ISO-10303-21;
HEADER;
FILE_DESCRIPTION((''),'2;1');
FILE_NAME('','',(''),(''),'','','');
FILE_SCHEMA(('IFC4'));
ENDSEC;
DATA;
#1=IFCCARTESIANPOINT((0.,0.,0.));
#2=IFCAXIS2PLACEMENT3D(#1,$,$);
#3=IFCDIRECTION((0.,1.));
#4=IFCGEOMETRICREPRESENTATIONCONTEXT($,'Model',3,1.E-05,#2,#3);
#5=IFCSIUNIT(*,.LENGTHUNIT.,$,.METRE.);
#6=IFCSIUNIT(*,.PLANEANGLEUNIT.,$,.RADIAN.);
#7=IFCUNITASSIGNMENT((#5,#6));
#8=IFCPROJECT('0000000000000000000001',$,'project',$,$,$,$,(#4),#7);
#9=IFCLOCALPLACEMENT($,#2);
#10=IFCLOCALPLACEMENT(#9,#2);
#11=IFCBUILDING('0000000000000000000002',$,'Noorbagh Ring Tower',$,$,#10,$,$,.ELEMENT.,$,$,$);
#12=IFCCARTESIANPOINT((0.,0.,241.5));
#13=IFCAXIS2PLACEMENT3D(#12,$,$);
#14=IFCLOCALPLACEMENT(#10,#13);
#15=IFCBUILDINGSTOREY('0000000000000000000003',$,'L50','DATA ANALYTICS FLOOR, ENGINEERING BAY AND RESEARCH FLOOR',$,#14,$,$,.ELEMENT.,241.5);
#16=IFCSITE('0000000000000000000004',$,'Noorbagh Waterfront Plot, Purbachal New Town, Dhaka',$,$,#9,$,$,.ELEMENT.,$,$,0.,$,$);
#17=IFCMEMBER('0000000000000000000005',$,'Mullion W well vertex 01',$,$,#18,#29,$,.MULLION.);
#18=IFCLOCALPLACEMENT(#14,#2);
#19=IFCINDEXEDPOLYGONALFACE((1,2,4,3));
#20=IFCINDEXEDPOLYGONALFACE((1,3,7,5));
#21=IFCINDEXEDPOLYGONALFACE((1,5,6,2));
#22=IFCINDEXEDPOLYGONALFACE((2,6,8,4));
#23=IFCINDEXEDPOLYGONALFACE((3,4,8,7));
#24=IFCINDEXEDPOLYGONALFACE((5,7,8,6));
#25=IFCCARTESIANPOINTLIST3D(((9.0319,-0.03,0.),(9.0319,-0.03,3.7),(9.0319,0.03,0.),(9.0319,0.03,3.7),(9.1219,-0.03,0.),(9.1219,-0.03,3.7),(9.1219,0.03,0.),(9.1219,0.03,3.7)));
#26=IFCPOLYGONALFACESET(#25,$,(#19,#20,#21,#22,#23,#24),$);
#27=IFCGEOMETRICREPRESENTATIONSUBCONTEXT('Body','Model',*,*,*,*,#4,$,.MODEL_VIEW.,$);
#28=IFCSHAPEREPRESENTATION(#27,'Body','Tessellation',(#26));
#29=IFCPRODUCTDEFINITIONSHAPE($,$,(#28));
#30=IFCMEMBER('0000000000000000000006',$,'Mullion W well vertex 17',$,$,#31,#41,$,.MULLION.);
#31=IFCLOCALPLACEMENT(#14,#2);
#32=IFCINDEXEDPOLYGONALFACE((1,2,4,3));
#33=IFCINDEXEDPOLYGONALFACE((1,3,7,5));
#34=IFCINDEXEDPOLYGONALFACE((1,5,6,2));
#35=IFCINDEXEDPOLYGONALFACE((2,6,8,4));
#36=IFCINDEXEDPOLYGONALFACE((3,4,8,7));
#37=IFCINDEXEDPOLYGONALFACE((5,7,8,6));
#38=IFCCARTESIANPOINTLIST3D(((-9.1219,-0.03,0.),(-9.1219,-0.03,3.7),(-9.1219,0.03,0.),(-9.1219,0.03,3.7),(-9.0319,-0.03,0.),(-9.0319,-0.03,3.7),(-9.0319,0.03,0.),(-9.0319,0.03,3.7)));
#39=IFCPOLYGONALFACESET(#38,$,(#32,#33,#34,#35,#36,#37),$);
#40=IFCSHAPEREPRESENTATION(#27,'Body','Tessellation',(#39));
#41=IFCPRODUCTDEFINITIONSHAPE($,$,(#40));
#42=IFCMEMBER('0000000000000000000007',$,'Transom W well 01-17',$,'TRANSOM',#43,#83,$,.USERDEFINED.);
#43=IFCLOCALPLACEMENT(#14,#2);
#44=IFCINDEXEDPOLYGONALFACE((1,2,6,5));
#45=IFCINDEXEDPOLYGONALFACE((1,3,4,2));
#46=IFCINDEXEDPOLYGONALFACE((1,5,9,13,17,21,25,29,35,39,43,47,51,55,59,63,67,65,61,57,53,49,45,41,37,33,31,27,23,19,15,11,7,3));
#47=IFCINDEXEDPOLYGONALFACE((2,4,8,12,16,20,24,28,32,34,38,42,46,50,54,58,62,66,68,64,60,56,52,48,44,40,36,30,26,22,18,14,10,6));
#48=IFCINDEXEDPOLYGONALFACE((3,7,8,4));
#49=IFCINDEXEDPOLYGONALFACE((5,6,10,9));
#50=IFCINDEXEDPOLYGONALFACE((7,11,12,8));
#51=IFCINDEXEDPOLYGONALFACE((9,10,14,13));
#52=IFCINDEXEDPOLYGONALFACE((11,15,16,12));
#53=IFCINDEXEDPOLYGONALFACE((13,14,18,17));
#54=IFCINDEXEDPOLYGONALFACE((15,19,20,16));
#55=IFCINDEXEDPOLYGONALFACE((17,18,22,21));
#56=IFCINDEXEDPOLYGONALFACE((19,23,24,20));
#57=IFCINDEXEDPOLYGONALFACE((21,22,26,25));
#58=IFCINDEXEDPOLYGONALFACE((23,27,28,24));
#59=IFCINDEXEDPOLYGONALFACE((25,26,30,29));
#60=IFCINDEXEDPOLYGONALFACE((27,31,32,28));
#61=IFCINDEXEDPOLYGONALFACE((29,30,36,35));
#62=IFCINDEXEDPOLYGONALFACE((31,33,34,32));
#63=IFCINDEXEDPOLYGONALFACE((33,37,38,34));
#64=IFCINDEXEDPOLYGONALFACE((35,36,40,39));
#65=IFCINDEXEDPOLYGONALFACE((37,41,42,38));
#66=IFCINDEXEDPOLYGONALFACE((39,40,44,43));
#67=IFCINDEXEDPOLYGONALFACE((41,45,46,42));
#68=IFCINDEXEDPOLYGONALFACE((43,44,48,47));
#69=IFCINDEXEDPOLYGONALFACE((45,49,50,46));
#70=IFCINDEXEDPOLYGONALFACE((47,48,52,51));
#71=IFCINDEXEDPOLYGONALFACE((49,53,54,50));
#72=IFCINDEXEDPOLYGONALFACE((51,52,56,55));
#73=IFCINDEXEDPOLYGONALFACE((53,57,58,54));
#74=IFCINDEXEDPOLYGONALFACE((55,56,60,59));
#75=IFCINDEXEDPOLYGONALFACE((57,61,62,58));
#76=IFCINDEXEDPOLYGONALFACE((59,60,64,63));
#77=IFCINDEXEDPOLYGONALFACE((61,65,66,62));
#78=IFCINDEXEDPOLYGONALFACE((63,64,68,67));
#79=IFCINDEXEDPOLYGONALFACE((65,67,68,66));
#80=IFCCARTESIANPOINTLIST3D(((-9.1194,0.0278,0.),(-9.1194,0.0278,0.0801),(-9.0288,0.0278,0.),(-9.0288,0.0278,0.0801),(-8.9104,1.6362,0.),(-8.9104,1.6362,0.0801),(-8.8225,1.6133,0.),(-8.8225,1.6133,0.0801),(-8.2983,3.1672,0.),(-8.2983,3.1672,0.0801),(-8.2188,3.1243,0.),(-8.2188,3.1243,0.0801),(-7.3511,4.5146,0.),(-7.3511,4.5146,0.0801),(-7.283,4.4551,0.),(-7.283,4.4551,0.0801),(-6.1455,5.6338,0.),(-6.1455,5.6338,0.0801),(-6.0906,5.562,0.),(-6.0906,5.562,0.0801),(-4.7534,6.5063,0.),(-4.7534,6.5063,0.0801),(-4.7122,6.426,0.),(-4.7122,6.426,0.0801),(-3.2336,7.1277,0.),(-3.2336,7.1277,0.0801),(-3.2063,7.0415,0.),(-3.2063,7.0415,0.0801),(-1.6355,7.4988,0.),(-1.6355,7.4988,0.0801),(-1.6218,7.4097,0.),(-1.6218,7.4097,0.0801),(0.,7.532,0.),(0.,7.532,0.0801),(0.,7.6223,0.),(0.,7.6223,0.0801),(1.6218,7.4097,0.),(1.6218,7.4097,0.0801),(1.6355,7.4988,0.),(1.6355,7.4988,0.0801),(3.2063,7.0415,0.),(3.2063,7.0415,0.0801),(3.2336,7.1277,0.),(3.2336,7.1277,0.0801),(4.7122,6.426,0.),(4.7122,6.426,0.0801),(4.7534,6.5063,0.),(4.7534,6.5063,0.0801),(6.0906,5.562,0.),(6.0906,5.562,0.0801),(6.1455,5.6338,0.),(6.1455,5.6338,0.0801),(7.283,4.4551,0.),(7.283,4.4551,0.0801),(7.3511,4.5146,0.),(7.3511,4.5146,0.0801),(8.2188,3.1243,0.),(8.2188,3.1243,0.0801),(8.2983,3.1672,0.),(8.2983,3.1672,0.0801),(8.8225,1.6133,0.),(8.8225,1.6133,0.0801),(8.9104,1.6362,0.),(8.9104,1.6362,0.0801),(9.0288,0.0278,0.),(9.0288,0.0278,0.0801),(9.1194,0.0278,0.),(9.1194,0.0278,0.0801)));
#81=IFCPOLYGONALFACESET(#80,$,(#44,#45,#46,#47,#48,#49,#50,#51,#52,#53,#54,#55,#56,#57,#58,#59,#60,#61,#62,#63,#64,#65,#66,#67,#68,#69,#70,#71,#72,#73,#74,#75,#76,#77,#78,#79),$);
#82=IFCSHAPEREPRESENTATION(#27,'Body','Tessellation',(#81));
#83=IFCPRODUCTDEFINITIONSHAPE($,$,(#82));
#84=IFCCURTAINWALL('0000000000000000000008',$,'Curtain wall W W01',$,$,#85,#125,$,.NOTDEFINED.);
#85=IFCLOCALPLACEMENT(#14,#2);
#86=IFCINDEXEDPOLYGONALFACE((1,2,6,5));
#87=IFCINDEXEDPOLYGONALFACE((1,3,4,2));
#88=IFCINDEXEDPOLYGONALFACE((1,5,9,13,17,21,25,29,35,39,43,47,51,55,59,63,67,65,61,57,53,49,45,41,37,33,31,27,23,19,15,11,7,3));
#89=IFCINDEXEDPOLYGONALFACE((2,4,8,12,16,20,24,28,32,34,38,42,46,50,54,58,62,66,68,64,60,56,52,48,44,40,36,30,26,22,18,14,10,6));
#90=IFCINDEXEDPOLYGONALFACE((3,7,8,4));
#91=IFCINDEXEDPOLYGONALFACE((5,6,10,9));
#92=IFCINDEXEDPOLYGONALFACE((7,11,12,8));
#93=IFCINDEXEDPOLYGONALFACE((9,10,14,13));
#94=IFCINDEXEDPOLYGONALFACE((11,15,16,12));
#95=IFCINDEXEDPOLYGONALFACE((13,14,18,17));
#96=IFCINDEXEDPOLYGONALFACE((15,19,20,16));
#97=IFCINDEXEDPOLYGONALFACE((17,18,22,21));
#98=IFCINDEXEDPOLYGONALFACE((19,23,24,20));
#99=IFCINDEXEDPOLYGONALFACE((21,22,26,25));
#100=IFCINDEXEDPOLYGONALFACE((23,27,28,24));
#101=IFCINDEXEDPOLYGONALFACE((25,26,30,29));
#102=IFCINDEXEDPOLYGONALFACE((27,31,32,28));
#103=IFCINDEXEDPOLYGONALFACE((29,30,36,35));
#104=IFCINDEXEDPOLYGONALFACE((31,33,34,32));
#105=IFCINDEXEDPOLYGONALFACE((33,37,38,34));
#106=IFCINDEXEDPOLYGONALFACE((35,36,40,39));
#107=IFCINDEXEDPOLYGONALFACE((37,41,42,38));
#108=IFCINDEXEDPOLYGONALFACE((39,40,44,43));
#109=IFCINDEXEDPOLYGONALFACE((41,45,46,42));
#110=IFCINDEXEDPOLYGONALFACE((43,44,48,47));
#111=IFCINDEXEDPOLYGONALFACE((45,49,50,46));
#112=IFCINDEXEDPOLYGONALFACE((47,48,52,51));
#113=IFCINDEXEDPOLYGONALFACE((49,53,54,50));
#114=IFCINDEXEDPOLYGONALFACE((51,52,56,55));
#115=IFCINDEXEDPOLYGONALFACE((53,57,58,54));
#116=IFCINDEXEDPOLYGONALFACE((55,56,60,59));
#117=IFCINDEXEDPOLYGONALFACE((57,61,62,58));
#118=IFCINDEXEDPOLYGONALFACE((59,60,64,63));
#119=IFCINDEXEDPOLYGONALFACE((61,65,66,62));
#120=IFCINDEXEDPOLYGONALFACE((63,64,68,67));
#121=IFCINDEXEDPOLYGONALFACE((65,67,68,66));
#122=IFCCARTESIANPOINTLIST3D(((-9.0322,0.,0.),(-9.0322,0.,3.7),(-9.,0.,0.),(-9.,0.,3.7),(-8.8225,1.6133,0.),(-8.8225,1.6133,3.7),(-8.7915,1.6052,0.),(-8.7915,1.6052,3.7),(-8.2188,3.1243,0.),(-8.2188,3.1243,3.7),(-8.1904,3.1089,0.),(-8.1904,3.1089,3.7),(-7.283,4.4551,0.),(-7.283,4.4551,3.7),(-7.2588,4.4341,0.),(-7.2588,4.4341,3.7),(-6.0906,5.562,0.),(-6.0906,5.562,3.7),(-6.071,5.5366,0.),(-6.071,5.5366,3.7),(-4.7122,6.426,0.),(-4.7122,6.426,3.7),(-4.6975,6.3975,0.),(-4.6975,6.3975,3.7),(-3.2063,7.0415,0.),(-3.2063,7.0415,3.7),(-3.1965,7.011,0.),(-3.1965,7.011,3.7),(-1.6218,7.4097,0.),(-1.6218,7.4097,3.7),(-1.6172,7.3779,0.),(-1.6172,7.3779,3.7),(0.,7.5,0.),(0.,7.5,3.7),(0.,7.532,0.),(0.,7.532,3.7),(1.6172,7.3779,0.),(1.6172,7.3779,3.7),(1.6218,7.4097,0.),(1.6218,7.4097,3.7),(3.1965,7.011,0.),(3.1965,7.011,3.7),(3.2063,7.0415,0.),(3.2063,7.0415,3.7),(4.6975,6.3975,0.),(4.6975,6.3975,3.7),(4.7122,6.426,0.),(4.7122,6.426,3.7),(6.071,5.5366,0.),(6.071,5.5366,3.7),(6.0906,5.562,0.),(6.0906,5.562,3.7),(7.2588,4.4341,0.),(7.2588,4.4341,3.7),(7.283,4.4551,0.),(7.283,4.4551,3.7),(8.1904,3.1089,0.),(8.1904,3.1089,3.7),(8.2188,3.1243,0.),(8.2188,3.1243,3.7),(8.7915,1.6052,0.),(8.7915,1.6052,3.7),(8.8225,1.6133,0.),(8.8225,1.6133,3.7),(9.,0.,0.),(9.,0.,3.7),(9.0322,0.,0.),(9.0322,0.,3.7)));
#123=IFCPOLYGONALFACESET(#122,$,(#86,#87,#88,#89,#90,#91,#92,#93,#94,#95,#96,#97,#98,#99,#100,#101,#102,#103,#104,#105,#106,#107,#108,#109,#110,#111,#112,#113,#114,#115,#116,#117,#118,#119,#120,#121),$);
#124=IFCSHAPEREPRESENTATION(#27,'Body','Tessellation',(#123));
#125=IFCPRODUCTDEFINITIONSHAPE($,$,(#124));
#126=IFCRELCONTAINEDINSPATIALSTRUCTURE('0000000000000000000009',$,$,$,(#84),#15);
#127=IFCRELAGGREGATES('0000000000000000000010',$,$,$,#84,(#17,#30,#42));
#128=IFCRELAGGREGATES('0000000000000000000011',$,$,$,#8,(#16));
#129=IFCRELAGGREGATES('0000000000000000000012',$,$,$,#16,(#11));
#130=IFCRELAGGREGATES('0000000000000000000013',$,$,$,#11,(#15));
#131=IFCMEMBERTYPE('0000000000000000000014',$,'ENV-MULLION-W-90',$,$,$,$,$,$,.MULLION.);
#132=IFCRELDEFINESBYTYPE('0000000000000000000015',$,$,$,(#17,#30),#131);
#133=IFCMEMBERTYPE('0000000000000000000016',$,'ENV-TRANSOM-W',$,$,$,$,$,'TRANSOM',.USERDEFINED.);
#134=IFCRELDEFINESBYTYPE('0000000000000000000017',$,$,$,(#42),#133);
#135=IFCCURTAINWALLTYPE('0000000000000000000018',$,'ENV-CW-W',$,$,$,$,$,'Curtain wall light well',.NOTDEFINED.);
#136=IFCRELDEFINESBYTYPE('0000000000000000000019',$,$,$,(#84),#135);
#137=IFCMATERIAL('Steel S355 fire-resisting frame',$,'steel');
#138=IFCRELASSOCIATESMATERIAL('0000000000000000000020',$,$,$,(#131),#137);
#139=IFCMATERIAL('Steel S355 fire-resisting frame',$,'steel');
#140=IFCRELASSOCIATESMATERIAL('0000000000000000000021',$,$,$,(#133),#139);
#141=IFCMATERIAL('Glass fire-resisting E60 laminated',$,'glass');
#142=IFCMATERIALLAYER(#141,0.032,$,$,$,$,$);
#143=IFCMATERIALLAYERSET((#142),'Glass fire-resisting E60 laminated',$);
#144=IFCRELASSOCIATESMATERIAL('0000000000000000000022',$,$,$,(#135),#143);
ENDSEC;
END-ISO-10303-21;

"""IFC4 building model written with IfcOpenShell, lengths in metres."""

from ifc_helpers import new_model, si_unit, direction, frame, origin, origin_2d, place, context, subcontext, project, spatial, polyline, rectangle, outline, extrude, material, layer, layer_set, material_profile, profile_set, type_object, element, aggregate, save


model = new_model("IFC4")

# Units and contexts
model_context = context("Model", 3, precision=1e-05, world=origin(), true_north=direction((0.0, 1.0)))
body_context = subcontext(model_context, "Body", "Model", "MODEL_VIEW")
ifc_project = project(units=[si_unit("LENGTHUNIT", "METRE"), si_unit("PLANEANGLEUNIT", "RADIAN")], contexts=[model_context])

# Members
site_placement = place(None, origin())
building_placement = place(site_placement, origin())
storey_placement = place(building_placement, frame((0.0, 0.0, 241.5)))
ifc_material_1 = material(Name="Steel S355 fire-resisting frame", Category="steel")
ifc_material_profile_1 = material_profile(ifc_material_1, rectangle(XDim=0.0901, YDim=0.0601, at=origin_2d()), Name="90x60")
ifc_profile_set_1 = profile_set([ifc_material_profile_1], Name="Steel S355 fire-resisting frame")
member_type_1 = type_object("IfcMemberType", Name="ENV-MULLION-W-90", PredefinedType="MULLION", material=ifc_profile_set_1)
member_1_placement = place(storey_placement, frame((9.0769, 0.0, 0.0), z_axis=(0.0, 0.0, 1.0), x_axis=(1.0, 0.0, 0.0)))
member_1 = element("IfcMember", 1, at=member_1_placement, type_object=member_type_1, Name="Mullion W well vertex 01", PredefinedType="MULLION", context=body_context, shape_type="SweptSolid", body=[
    extrude(rectangle(XDim=0.0901, YDim=0.0601, at=origin_2d()), origin(), (0.0, 0.0, 1.0), 3.7),
])
member_2_placement = place(storey_placement, frame((-9.0769, 0.0, 0.0), z_axis=(0.0, 0.0, 1.0), x_axis=(-1.0, 0.0, 0.0)))
member_2 = element("IfcMember", 2, at=member_2_placement, type_object=member_type_1, Name="Mullion W well vertex 17", PredefinedType="MULLION", context=body_context, shape_type="SweptSolid", body=[
    extrude(rectangle(XDim=0.0901, YDim=0.0601, at=origin_2d()), origin(), (0.0, 0.0, 1.0), 3.7),
])
ifc_material_2 = material(Name="Steel S355 fire-resisting frame", Category="steel")
member_type_2 = type_object("IfcMemberType", Name="ENV-TRANSOM-W", ElementType="TRANSOM", PredefinedType="USERDEFINED", material=ifc_material_2)
member_3_placement = place(storey_placement, origin())
member_3 = element("IfcMember", 3, at=member_3_placement, type_object=member_type_2, Name="Transom W well 01-17", ObjectType="TRANSOM", PredefinedType="USERDEFINED", context=body_context, shape_type="SweptSolid", body=[
    extrude(outline(polyline([(9.1194, 0.0278), (8.9104, 1.6362), (8.2983, 3.1672), (7.3511, 4.5146), (6.1455, 5.6338), (4.7534, 6.5063), (3.2336, 7.1277), (1.6355, 7.4988), (0.0, 7.6223), (-1.6355, 7.4988), (-3.2336, 7.1277), (-4.7534, 6.5063), (-6.1455, 5.6338), (-7.3511, 4.5146), (-8.2983, 3.1672), (-8.9104, 1.6362), (-9.1194, 0.0278), (-9.0288, 0.0278), (-8.8225, 1.6133), (-8.2188, 3.1243), (-7.283, 4.4551), (-6.0906, 5.562), (-4.7122, 6.426), (-3.2063, 7.0415), (-1.6218, 7.4097), (0.0, 7.532), (1.6218, 7.4097), (3.2063, 7.0415), (4.7122, 6.426), (6.0906, 5.562), (7.283, 4.4551), (8.2188, 3.1243), (8.8225, 1.6133), (9.0288, 0.0278), (9.1194, 0.0278)])), origin(), (0.0, 0.0, 1.0), 0.0801),
])

# Site, building, storey
site = spatial("IfcSite", under=ifc_project, at=site_placement, Name="Noorbagh Waterfront Plot, Purbachal New Town, Dhaka", CompositionType="ELEMENT", RefElevation=0.0)
building = spatial("IfcBuilding", under=site, at=building_placement, Name="Noorbagh Ring Tower", CompositionType="ELEMENT")
storey = spatial("IfcBuildingStorey", under=building, at=storey_placement, Name="L50", Description="DATA ANALYTICS FLOOR, ENGINEERING BAY AND RESEARCH FLOOR", CompositionType="ELEMENT", Elevation=241.5)

# Curtain wall
ifc_material_3 = material(Name="Glass fire-resisting E60 laminated", Category="glass")
ifc_layer_1 = layer(ifc_material_3, 0.032)
ifc_layer_set_1 = layer_set([ifc_layer_1], Name="Glass fire-resisting E60 laminated")
curtain_wall_type_1 = type_object("IfcCurtainWallType", Name="ENV-CW-W", ElementType="Curtain wall light well", PredefinedType="NOTDEFINED", material=ifc_layer_set_1)
curtain_wall_1_placement = place(storey_placement, origin())
curtain_wall_1 = element("IfcCurtainWall", 4, at=curtain_wall_1_placement, inside=storey, type_object=curtain_wall_type_1, Name="Curtain wall W W01", PredefinedType="NOTDEFINED", context=body_context, shape_type="SweptSolid", body=[
    extrude(outline(polyline([(9.0322, 0.0), (8.8225, 1.6133), (8.2188, 3.1243), (7.283, 4.4551), (6.0906, 5.562), (4.7122, 6.426), (3.2063, 7.0415), (1.6218, 7.4097), (0.0, 7.532), (-1.6218, 7.4097), (-3.2063, 7.0415), (-4.7122, 6.426), (-6.0906, 5.562), (-7.283, 4.4551), (-8.2188, 3.1243), (-8.8225, 1.6133), (-9.0322, 0.0), (-9.0, 0.0), (-8.7915, 1.6052), (-8.1904, 3.1089), (-7.2588, 4.4341), (-6.071, 5.5366), (-4.6975, 6.3975), (-3.1965, 7.011), (-1.6172, 7.3779), (0.0, 7.5), (1.6172, 7.3779), (3.1965, 7.011), (4.6975, 6.3975), (6.071, 5.5366), (7.2588, 4.4341), (8.1904, 3.1089), (8.7915, 1.6052), (9.0, 0.0), (9.0322, 0.0)])), origin(), (0.0, 0.0, 1.0), 3.7),
])
aggregate(curtain_wall_1, [member_1, member_2, member_3])

save(model, "model.ifc")
